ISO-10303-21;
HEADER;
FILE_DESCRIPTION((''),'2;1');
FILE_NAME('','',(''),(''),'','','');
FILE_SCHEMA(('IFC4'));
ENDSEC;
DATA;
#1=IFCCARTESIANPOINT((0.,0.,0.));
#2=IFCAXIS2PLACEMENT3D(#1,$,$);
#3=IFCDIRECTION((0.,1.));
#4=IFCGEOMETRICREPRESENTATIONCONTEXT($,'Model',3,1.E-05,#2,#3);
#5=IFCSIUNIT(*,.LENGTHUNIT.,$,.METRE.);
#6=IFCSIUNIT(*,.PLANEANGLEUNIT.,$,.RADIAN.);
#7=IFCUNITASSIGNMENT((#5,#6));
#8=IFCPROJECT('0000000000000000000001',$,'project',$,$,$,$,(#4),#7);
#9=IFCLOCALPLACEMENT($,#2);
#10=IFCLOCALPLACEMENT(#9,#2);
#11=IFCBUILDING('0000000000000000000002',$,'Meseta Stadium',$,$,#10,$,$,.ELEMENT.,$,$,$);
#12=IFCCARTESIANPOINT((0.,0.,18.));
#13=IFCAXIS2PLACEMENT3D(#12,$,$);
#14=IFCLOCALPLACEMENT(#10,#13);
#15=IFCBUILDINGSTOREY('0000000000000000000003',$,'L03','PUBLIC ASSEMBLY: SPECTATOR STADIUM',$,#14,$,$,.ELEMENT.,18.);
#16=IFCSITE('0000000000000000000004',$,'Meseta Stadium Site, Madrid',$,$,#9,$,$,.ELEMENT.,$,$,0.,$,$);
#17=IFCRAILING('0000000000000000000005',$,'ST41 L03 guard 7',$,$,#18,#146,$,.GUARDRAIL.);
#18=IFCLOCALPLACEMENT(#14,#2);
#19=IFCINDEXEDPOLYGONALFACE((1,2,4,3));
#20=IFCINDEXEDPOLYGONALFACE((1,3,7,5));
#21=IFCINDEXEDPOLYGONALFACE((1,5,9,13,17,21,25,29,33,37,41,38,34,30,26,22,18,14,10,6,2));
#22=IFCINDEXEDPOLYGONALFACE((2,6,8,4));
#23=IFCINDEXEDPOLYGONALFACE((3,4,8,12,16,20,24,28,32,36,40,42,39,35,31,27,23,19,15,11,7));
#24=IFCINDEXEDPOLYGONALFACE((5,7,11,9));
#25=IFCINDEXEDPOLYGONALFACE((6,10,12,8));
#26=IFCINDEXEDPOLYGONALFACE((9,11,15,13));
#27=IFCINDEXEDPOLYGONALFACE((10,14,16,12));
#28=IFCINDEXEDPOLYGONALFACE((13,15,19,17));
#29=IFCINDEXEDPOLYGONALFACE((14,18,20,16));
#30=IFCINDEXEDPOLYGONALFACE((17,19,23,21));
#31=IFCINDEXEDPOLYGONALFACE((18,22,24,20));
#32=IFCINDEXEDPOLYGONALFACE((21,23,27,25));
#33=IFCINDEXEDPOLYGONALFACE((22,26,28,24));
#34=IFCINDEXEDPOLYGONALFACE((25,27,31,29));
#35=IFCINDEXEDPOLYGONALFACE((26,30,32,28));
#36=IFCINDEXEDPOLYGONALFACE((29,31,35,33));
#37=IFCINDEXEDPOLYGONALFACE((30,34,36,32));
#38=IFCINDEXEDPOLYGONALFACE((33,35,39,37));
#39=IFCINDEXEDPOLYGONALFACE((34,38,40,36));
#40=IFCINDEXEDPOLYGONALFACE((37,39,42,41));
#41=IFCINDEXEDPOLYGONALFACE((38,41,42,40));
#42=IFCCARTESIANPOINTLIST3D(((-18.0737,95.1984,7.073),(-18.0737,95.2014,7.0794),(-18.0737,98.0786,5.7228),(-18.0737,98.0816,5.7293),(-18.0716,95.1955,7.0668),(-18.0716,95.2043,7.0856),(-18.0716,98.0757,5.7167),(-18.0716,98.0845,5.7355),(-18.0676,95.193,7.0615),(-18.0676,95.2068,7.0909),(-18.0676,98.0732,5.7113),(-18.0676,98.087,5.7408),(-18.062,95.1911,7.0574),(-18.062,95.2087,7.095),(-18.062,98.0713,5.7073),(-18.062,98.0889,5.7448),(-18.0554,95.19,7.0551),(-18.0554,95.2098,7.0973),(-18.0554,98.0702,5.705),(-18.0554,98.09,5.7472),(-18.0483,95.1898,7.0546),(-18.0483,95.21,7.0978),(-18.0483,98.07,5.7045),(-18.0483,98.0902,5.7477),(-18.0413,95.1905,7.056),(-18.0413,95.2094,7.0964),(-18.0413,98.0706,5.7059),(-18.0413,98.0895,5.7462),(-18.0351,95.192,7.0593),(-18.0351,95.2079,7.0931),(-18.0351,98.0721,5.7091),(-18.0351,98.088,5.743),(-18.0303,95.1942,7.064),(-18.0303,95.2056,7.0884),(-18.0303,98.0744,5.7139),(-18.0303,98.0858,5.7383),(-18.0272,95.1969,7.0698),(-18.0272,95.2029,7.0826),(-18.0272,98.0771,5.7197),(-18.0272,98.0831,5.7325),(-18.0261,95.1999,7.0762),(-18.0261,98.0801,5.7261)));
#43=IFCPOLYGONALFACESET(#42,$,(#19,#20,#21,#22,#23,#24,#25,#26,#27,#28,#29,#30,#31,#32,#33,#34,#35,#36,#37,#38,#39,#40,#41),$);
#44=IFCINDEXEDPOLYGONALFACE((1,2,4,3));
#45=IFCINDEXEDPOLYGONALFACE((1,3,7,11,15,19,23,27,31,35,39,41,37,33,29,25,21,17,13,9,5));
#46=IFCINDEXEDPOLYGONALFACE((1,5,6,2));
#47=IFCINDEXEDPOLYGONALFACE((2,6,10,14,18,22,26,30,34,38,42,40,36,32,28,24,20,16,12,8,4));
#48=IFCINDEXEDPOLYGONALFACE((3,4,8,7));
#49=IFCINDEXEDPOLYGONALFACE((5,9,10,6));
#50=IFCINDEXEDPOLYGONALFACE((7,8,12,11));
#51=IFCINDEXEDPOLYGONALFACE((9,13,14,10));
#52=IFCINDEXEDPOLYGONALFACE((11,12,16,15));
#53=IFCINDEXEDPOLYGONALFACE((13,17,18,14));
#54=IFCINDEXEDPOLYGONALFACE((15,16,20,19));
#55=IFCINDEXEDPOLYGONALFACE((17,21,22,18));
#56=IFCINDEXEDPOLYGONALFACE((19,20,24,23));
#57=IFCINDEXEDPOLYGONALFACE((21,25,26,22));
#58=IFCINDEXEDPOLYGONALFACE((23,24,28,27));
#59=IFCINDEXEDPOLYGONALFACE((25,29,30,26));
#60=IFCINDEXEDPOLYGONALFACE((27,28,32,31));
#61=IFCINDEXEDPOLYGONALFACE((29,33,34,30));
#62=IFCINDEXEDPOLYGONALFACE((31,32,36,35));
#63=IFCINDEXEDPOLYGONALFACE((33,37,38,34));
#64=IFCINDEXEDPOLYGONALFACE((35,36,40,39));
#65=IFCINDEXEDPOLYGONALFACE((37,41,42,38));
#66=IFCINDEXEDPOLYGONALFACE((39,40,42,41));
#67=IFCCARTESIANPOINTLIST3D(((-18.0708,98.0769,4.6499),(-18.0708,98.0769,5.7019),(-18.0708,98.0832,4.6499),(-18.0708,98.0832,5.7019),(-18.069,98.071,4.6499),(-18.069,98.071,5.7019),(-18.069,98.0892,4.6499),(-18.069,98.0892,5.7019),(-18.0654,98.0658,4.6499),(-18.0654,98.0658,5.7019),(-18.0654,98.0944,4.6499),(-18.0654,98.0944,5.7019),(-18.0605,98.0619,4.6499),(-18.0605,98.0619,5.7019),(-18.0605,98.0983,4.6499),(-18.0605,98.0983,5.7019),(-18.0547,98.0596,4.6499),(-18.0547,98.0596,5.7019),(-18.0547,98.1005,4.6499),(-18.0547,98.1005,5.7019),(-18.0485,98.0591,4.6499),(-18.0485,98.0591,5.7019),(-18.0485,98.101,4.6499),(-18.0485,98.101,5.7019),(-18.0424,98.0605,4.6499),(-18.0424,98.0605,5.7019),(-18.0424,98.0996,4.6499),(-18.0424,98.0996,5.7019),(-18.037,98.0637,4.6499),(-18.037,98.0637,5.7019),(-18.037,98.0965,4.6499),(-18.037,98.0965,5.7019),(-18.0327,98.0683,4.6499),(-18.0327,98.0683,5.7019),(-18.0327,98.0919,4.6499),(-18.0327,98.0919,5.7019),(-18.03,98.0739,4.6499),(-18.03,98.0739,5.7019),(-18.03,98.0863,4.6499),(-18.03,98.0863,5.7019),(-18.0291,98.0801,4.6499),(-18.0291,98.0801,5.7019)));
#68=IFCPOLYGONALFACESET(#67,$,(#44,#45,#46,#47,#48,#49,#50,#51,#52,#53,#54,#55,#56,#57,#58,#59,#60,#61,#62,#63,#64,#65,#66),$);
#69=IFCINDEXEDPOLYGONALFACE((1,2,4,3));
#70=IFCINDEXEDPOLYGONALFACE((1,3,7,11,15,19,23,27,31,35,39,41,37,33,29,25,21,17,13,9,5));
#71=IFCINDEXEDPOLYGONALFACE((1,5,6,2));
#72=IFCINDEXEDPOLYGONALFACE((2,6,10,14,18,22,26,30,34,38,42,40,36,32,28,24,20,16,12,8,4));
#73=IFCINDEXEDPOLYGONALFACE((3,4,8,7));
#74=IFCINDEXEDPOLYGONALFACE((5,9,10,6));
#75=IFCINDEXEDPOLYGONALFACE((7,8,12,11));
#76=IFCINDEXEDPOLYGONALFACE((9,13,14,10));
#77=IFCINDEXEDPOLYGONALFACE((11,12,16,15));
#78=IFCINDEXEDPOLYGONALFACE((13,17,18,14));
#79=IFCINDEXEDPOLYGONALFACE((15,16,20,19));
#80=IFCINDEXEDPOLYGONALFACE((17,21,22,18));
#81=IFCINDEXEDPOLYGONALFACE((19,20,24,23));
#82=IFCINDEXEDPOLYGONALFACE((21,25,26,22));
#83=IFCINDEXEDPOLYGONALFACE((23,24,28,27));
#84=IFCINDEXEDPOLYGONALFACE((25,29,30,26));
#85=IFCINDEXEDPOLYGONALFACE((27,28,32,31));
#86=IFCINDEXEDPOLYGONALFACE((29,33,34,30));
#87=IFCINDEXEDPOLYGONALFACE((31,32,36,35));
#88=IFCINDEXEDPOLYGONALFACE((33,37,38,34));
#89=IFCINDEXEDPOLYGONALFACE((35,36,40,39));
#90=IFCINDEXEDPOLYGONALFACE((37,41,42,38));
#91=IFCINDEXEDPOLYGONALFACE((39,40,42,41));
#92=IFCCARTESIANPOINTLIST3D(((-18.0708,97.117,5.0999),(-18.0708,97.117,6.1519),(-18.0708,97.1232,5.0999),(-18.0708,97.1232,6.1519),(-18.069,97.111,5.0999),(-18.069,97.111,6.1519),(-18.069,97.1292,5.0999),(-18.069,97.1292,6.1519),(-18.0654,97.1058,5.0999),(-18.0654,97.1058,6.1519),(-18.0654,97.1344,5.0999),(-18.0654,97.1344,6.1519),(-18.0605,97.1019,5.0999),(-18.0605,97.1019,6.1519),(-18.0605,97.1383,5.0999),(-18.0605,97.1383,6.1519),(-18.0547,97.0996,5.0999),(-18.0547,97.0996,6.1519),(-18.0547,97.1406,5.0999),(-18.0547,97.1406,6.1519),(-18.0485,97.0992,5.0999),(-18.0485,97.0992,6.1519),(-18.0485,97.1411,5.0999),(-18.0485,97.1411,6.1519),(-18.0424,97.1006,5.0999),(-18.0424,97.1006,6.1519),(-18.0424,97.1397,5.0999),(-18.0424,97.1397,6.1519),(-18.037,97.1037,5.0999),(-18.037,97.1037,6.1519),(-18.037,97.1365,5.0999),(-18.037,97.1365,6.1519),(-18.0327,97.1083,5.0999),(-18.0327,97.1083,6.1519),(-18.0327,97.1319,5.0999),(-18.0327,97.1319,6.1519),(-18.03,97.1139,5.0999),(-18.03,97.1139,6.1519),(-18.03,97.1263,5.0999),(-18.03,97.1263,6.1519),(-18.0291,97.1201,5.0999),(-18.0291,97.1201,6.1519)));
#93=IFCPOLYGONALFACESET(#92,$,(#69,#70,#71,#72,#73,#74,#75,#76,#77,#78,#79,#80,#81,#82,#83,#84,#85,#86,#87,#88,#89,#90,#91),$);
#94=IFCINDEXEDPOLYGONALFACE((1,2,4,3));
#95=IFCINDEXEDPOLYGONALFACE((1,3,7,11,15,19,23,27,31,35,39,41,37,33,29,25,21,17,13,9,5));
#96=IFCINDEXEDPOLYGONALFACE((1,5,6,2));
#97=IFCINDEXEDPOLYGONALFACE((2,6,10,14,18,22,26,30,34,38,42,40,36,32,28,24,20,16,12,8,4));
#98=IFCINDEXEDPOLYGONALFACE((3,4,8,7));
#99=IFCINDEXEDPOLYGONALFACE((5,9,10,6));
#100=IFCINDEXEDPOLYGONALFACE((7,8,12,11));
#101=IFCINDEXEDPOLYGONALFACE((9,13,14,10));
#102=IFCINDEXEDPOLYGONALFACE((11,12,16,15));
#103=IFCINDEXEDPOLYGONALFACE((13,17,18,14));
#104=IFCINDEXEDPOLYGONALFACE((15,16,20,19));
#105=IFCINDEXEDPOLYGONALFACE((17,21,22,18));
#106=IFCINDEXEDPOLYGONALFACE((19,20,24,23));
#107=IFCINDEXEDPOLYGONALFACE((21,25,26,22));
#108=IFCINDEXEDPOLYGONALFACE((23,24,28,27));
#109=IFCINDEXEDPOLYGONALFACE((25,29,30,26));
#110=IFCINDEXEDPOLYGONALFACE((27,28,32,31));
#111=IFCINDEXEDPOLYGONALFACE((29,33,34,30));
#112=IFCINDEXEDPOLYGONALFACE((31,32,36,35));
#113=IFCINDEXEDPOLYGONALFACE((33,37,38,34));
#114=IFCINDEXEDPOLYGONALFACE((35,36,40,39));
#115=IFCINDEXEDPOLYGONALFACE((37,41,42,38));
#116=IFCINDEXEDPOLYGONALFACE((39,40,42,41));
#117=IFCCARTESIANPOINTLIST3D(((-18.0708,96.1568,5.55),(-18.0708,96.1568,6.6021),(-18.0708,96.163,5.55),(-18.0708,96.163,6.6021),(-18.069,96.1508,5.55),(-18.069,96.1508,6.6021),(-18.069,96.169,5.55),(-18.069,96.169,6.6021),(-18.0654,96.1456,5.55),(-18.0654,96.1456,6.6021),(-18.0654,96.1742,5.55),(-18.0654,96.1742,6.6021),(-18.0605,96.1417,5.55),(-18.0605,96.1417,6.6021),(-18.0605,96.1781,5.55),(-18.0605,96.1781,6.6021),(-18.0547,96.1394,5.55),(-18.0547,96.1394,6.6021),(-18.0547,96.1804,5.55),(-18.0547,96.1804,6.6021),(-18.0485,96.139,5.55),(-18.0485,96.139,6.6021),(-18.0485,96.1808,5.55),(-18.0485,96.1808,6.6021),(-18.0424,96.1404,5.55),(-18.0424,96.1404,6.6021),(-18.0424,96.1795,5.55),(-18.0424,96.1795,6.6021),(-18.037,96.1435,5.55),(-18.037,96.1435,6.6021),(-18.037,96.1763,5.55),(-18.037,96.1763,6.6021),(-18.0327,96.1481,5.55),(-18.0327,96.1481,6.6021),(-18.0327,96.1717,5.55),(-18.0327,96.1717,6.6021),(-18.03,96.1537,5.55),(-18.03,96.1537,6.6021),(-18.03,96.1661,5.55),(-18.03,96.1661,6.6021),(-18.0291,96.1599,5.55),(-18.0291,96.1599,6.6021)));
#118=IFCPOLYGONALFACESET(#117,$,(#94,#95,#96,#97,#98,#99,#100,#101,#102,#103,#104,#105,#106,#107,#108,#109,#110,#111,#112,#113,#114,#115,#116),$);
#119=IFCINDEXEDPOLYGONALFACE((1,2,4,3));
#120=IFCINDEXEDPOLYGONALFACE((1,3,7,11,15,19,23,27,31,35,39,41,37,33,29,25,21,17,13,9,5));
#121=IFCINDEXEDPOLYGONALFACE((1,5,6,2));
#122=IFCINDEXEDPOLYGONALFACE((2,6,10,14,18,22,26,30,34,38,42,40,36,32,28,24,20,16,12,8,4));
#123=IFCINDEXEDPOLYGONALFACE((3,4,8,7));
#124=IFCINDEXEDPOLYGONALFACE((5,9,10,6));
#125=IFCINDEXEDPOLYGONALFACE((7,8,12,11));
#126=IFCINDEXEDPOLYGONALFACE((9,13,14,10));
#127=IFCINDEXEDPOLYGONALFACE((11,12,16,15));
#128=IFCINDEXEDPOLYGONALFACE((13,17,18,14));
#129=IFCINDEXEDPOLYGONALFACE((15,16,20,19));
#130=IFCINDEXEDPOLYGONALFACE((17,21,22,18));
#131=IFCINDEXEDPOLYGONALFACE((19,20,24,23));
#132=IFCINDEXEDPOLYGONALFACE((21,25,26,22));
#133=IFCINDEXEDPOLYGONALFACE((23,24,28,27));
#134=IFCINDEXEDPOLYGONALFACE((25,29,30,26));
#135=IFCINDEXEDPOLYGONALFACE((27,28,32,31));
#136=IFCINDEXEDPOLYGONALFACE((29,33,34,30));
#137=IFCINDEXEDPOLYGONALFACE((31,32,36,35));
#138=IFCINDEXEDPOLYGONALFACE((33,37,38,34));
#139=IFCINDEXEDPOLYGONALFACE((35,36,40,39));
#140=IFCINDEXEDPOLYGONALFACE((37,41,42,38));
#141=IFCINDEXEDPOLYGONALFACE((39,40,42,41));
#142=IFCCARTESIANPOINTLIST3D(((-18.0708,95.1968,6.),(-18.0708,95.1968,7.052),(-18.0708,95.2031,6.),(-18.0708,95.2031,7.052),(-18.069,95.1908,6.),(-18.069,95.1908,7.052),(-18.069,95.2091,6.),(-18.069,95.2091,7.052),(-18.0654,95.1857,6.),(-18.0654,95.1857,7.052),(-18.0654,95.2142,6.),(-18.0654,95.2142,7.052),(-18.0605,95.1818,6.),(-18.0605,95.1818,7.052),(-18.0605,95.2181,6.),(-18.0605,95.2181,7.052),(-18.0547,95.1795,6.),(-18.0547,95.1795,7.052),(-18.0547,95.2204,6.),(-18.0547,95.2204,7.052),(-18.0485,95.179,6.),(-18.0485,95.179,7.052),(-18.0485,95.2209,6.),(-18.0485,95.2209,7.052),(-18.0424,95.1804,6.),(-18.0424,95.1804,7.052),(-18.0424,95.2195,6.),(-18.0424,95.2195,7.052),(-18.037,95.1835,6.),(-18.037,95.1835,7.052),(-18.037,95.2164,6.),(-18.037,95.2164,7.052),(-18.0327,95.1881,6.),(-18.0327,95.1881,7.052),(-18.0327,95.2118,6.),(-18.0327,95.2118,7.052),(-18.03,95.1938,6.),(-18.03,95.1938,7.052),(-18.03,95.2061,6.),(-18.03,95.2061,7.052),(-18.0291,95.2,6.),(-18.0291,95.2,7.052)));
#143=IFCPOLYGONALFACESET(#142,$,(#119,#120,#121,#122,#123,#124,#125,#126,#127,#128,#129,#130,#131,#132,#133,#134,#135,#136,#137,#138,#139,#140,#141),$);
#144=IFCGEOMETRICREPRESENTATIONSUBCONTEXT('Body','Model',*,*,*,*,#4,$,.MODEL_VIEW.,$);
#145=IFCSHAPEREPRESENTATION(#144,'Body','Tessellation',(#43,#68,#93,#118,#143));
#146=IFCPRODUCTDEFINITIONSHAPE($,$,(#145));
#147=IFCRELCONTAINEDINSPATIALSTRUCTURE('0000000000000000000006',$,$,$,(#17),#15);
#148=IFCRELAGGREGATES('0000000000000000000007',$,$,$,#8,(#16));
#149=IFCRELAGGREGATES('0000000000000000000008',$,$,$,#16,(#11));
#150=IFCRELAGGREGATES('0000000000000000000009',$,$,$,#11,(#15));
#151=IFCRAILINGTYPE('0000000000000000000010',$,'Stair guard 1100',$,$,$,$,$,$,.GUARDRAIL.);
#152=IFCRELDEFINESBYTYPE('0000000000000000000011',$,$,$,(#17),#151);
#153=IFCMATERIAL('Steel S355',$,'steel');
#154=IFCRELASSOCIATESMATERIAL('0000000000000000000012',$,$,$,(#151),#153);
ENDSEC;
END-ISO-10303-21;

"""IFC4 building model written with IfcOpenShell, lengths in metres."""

from ifc_helpers import new_model, si_unit, direction, frame, origin, origin_2d, place, context, subcontext, project, spatial, circle, extrude, material, type_object, element, save


model = new_model("IFC4")

# Units and contexts
model_context = context("Model", 3, precision=1e-05, world=origin(), true_north=direction((0.0, 1.0)))
body_context = subcontext(model_context, "Body", "Model", "MODEL_VIEW")
ifc_project = project(units=[si_unit("LENGTHUNIT", "METRE"), si_unit("PLANEANGLEUNIT", "RADIAN")], contexts=[model_context])

# Site, building, storey
site_placement = place(None, origin())
site = spatial("IfcSite", under=ifc_project, at=site_placement, Name="Meseta Stadium Site, Madrid", CompositionType="ELEMENT", RefElevation=0.0)
building_placement = place(site_placement, origin())
building = spatial("IfcBuilding", under=site, at=building_placement, Name="Meseta Stadium", CompositionType="ELEMENT")
storey_placement = place(building_placement, frame((0.0, 0.0, 18.0)))
storey = spatial("IfcBuildingStorey", under=building, at=storey_placement, Name="L03", Description="PUBLIC ASSEMBLY: SPECTATOR STADIUM", CompositionType="ELEMENT", Elevation=18.0)

# Railing
ifc_material_1 = material(Name="Steel S355", Category="steel")
railing_type_1 = type_object("IfcRailingType", Name="Stair guard 1100", PredefinedType="GUARDRAIL", material=ifc_material_1)
for number, where, name in (
    (1, (-18.05, 98.0801, 4.6499), "ST41 L03 guard 7"),
):
    element("IfcRailing", number, at=place(storey_placement, frame(where)), inside=storey, type_object=railing_type_1, Name=name, PredefinedType="GUARDRAIL", context=body_context, shape_type="SweptSolid", body=[
        extrude(circle(Radius=0.0239, at=origin_2d()), frame((0.0, 0.0, 1.0762), z_axis=(0.0, -0.905454, 0.424444), x_axis=(1.0, 0.0, 0.0)), (0.0, 0.0, 1.0), 3.1809),
        extrude(circle(Radius=0.021, at=origin_2d()), origin(), (0.0, 0.0, 1.0), 1.052),
        extrude(circle(Radius=0.021, at=origin_2d()), frame((0.0, -0.96, 0.45)), (0.0, 0.0, 1.0), 1.052),
        extrude(circle(Radius=0.021, at=origin_2d()), frame((0.0, -1.9202, 0.9001)), (0.0, 0.0, 1.0), 1.052),
        extrude(circle(Radius=0.021, at=origin_2d()), frame((0.0, -2.8801, 1.3501)), (0.0, 0.0, 1.0), 1.052),
    ])

save(model, "model.ifc")
